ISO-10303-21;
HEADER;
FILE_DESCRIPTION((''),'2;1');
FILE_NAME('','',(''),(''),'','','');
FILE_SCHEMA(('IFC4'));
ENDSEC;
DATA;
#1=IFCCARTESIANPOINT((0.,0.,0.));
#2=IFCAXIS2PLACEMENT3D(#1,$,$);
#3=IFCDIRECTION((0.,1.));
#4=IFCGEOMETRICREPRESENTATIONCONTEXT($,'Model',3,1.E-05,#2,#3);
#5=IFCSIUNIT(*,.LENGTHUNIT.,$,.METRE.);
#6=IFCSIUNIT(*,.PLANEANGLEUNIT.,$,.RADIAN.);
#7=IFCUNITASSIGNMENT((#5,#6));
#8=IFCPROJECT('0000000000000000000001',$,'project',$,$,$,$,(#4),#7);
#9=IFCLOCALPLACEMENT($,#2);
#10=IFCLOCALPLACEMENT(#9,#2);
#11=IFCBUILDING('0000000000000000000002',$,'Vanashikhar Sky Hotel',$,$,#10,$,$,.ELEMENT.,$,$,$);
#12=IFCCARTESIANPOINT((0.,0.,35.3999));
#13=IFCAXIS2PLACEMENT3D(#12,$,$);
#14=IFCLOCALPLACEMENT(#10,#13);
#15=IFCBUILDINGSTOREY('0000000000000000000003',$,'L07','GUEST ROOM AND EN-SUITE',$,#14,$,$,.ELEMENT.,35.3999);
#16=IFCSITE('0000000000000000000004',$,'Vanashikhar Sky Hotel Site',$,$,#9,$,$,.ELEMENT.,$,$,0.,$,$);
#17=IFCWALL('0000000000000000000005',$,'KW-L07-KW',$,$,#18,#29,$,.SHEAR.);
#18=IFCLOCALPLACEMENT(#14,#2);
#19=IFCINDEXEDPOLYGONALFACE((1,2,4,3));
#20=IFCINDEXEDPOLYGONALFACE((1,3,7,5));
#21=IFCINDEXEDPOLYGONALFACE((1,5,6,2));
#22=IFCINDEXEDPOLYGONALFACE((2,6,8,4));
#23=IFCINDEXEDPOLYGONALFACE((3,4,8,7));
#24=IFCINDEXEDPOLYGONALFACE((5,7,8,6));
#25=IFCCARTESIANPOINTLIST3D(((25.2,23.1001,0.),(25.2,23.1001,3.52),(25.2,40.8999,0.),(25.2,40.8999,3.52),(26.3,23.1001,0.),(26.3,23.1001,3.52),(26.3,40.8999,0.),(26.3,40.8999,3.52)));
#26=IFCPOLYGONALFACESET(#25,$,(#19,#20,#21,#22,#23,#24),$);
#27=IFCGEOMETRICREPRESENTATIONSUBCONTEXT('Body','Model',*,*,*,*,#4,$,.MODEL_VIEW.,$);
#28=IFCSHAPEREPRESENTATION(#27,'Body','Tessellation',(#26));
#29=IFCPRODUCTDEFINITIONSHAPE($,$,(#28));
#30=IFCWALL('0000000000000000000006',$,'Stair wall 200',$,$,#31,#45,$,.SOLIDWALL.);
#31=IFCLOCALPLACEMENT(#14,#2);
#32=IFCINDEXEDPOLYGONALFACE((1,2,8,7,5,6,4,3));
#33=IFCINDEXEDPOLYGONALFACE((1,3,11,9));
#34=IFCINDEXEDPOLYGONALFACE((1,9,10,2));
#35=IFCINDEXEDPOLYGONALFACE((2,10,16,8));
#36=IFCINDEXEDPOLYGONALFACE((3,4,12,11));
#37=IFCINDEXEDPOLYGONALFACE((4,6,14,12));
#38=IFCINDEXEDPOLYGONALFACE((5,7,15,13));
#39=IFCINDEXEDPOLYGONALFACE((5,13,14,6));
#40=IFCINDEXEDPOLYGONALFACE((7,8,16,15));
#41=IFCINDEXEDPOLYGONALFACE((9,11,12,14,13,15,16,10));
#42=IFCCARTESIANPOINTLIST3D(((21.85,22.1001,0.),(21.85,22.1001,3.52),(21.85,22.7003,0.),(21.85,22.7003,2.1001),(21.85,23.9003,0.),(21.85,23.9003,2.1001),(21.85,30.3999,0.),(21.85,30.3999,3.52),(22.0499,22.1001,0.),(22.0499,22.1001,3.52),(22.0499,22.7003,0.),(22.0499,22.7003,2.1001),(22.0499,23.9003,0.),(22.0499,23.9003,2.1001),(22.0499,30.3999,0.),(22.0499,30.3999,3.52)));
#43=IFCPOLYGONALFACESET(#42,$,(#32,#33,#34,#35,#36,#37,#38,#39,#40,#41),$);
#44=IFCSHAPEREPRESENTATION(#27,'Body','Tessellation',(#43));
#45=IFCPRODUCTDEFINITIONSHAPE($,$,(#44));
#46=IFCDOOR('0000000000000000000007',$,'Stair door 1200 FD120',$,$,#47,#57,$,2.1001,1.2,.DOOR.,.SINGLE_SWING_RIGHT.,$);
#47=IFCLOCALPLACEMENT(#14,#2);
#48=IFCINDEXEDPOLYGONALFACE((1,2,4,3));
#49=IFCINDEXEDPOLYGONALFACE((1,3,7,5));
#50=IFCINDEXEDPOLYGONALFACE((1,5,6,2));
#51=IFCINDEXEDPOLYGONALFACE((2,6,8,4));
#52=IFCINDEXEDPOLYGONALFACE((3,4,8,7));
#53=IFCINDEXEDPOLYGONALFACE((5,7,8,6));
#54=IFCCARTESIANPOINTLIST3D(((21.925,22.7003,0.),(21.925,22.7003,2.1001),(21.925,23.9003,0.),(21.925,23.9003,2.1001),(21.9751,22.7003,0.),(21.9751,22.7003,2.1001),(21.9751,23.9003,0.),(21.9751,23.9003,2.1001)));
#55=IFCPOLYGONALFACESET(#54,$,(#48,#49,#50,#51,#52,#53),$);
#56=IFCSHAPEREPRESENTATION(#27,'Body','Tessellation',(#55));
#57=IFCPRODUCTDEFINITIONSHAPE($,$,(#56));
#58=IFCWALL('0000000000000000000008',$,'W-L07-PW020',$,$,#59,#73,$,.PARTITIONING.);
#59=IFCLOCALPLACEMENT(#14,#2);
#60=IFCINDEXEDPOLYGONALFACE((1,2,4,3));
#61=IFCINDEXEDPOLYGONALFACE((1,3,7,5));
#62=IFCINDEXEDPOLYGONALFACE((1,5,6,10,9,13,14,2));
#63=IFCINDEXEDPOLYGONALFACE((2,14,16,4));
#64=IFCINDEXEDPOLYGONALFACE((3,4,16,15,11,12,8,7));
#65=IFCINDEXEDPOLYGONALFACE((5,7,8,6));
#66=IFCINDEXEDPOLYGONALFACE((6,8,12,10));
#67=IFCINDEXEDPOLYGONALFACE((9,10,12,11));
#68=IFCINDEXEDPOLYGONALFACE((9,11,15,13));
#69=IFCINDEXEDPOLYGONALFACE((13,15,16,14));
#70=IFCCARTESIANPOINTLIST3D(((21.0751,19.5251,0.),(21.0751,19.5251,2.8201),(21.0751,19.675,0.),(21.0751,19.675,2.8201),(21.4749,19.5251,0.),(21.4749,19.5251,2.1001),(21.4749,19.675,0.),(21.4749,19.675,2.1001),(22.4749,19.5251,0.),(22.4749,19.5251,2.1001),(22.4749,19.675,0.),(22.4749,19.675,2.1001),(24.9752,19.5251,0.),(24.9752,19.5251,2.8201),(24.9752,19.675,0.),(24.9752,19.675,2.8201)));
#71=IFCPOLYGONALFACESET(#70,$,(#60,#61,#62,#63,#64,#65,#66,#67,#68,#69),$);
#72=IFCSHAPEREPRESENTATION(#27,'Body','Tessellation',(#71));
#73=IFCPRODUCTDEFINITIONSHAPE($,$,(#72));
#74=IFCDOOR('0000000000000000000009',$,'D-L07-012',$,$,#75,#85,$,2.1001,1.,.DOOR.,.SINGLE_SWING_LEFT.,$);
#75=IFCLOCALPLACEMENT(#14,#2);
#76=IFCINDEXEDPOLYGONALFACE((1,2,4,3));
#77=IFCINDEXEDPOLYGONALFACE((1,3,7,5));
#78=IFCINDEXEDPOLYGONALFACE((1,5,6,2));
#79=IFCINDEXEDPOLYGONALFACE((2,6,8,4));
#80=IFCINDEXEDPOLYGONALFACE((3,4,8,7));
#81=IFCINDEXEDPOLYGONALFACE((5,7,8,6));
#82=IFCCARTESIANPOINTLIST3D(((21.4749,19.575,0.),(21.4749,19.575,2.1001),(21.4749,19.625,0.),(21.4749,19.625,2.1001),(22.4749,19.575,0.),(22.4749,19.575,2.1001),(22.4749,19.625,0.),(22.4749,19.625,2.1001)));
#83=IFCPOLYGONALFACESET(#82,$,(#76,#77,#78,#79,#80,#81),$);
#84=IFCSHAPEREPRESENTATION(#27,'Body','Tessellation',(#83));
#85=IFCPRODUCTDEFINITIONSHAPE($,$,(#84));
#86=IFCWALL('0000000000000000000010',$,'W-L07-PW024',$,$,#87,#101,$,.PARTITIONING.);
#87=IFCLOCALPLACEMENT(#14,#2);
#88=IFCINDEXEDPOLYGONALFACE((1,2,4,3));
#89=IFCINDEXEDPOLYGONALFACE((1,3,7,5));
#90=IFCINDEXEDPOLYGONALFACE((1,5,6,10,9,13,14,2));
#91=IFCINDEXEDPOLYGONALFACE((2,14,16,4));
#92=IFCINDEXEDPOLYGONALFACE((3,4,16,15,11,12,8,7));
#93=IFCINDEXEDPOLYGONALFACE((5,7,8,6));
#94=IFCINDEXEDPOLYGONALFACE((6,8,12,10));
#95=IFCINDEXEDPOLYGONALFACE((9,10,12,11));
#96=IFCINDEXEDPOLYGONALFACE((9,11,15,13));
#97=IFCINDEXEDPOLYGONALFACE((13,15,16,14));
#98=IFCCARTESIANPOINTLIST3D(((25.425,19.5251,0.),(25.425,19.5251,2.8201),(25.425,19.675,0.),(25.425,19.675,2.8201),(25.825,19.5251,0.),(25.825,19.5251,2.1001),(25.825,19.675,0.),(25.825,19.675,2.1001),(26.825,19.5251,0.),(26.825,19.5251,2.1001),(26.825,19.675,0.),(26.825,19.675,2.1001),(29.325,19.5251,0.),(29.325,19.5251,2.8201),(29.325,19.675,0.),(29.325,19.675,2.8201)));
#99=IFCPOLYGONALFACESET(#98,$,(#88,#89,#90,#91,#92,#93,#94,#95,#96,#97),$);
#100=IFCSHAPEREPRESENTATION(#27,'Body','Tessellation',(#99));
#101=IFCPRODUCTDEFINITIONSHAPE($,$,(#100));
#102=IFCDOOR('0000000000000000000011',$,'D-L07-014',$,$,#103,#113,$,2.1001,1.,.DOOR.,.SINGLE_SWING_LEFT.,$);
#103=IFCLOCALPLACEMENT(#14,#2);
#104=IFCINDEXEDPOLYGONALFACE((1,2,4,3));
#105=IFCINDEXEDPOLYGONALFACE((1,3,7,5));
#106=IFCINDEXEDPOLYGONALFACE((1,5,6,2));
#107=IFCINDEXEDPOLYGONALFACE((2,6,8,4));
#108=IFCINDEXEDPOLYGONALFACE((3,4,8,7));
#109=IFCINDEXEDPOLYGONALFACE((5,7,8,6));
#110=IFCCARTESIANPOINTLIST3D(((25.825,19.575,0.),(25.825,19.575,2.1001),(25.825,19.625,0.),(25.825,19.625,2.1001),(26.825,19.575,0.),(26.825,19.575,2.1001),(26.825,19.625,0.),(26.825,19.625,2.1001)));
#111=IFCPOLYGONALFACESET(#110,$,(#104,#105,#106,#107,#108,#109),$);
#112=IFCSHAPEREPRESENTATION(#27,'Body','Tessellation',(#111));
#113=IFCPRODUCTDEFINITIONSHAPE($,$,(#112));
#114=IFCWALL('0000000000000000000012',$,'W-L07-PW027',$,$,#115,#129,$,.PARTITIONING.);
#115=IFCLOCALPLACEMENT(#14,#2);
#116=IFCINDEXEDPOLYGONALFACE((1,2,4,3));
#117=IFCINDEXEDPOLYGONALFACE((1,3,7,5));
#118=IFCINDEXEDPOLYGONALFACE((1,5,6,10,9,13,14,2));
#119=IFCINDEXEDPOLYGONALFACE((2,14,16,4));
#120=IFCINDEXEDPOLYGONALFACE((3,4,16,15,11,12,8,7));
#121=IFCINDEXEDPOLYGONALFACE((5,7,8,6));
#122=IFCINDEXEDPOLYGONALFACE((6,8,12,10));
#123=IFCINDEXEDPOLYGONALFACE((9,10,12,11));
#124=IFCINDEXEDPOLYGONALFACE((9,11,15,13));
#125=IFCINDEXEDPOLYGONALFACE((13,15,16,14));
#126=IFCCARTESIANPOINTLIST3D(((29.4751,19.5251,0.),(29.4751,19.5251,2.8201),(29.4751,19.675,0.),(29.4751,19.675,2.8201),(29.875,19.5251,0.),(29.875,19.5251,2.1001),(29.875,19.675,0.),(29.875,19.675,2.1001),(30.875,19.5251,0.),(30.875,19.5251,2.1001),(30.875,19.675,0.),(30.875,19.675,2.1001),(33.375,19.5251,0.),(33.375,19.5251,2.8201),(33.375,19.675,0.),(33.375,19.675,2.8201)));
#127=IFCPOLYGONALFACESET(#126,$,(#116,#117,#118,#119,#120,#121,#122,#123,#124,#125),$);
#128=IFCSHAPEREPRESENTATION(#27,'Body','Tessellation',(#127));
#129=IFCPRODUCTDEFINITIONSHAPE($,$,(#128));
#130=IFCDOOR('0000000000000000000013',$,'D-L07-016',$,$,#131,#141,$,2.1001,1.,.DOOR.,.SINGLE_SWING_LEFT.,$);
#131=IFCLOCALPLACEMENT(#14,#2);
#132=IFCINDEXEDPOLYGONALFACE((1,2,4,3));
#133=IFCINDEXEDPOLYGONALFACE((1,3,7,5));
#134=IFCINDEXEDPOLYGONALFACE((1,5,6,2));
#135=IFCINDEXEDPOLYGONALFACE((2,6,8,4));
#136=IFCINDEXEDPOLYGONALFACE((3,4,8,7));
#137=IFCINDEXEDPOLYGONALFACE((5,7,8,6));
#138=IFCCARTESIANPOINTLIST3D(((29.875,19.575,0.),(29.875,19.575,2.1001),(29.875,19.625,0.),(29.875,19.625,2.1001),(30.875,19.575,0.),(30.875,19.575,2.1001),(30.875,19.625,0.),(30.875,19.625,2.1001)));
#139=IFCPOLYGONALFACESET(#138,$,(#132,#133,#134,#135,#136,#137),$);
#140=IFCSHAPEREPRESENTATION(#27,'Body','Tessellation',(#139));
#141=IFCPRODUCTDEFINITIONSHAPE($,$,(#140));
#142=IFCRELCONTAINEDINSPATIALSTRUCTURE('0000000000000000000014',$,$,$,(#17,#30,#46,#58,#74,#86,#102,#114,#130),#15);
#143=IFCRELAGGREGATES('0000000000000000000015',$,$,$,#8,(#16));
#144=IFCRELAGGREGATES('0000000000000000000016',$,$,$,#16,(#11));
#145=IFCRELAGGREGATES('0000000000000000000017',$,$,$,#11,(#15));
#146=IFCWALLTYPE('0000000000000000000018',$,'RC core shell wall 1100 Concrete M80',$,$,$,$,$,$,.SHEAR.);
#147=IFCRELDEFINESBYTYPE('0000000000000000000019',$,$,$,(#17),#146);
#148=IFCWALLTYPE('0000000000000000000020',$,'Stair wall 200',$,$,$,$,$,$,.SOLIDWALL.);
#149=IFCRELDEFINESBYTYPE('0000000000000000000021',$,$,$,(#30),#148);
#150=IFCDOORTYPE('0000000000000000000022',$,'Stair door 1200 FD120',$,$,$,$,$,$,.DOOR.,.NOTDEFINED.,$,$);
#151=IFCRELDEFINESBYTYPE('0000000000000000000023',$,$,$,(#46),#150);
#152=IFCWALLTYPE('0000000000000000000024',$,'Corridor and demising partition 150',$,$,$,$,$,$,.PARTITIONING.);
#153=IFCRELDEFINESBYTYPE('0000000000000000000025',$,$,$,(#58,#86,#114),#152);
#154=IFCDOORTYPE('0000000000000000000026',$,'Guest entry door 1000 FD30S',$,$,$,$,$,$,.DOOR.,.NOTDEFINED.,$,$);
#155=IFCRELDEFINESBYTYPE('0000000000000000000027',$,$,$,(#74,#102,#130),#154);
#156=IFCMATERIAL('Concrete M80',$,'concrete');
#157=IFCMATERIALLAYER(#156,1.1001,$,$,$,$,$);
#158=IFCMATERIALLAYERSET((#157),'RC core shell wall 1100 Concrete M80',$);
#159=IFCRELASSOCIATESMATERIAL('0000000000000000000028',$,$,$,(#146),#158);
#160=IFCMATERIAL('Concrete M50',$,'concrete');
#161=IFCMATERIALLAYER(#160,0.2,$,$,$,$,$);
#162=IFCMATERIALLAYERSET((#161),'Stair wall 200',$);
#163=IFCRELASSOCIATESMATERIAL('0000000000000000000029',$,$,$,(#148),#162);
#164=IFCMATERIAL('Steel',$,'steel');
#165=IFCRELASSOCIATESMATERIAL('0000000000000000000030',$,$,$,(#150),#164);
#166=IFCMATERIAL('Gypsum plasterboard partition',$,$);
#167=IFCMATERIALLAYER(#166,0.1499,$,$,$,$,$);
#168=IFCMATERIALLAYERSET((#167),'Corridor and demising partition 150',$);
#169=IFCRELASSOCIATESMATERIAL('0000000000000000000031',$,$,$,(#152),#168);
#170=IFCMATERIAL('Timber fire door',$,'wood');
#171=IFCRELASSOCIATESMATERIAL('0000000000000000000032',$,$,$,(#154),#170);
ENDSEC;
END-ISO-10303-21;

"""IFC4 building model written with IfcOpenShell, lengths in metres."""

from ifc_helpers import new_model, si_unit, direction, frame, frame_2d, origin, place, context, subcontext, project, spatial, rectangle, extrude, source, transform, mapped, material, layer, layer_set, type_object, element, fill, save


model = new_model("IFC4")

# Units and contexts
model_context = context("Model", 3, precision=1e-05, world=origin(), true_north=direction((0.0, 1.0)))
body_context = subcontext(model_context, "Body", "Model", "MODEL_VIEW")
ifc_project = project(units=[si_unit("LENGTHUNIT", "METRE"), si_unit("PLANEANGLEUNIT", "RADIAN")], contexts=[model_context])

# Site, building, storey
site_placement = place(None, origin())
site = spatial("IfcSite", under=ifc_project, at=site_placement, Name="Vanashikhar Sky Hotel Site", CompositionType="ELEMENT", RefElevation=0.0)
building_placement = place(site_placement, origin())
building = spatial("IfcBuilding", under=site, at=building_placement, Name="Vanashikhar Sky Hotel", CompositionType="ELEMENT")
storey_placement = place(building_placement, frame((0.0, 0.0, 35.3999)))
storey = spatial("IfcBuildingStorey", under=building, at=storey_placement, Name="L07", Description="GUEST ROOM AND EN-SUITE", CompositionType="ELEMENT", Elevation=35.3999)

# Shared definitions
ifc_material_1 = material(Name="Concrete M80", Category="concrete")
ifc_layer_1 = layer(ifc_material_1, 1.1001)
ifc_layer_set_1 = layer_set([ifc_layer_1], Name="RC core shell wall 1100 Concrete M80")
wall_type_1 = type_object("IfcWallType", Name="RC core shell wall 1100 Concrete M80", PredefinedType="SHEAR", material=ifc_layer_set_1)
ifc_material_2 = material(Name="Steel", Category="steel")

# Wall
shared_shape_1 = source(origin(), body_context, "Body", "SweptSolid", [
    extrude(rectangle(XDim=17.7998, YDim=1.1001, at=frame_2d((8.8999, 0.0))), origin(), (0.0, 0.0, 1.0), 3.52),
])
wall_1_placement = place(storey_placement, frame((25.75, 23.1001, 0.0), z_axis=(0.0, 0.0, 1.0), x_axis=(0.0, 1.0, 0.0)))
element("IfcWall", 1, at=wall_1_placement, inside=storey, type_object=wall_type_1, Name="KW-L07-KW", PredefinedType="SHEAR", context=body_context, shape_type="MappedRepresentation", body=[
    mapped(shared_shape_1, transform((0.0, 0.0, 0.0), scale=1.0)),
])

# Walls, openings, doors
ifc_material_3 = material(Name="Concrete M50", Category="concrete")
ifc_layer_2 = layer(ifc_material_3, 0.2)
ifc_layer_set_2 = layer_set([ifc_layer_2], Name="Stair wall 200")
wall_type_2 = type_object("IfcWallType", Name="Stair wall 200", PredefinedType="SOLIDWALL", material=ifc_layer_set_2)
shared_shape_2 = source(origin(), body_context, "Body", "SweptSolid", [
    extrude(rectangle(XDim=8.2998, YDim=0.2, at=frame_2d((4.1499, 0.0))), origin(), (0.0, 0.0, 1.0), 3.52),
])
wall_2_placement = place(storey_placement, frame((21.95, 22.1001, 0.0), z_axis=(0.0, 0.0, 1.0), x_axis=(0.0, 1.0, 0.0)))
wall_2 = element("IfcWall", 2, at=wall_2_placement, inside=storey, type_object=wall_type_2, Name="Stair wall 200", PredefinedType="SOLIDWALL", context=body_context, shape_type="MappedRepresentation", body=[
    mapped(shared_shape_2, transform((0.0, 0.0, 0.0), scale=1.0)),
])
shared_shape_3 = source(origin(), body_context, "Body", "SweptSolid", [
    extrude(rectangle(XDim=1.2, YDim=2.1001, at=frame_2d((0.6001, 1.05))), frame((0.0, 0.1099, 0.0), z_axis=(0.0, -1.0, 0.0), x_axis=(1.0, 0.0, 0.0)), (0.0, 0.0, 1.0), 0.22),
])
opening_1_placement = place(wall_2_placement, frame((0.6001, 0.0, 0.0)))
opening_1 = element("IfcOpeningElement", 3, at=opening_1_placement, cuts=wall_2, PredefinedType="OPENING", context=body_context, shape_type="MappedRepresentation", body=[
    mapped(shared_shape_3, transform((0.0, 0.0, 0.0), scale=1.0)),
])
door_type_1 = type_object("IfcDoorType", Name="Stair door 1200 FD120", OperationType="NOTDEFINED", PredefinedType="DOOR", material=ifc_material_2)
shared_shape_4 = source(origin(), body_context, "Body", "SweptSolid", [
    extrude(rectangle(XDim=1.2, YDim=2.1001, at=frame_2d((0.6001, 1.05))), frame((0.0, 0.0249, 0.0), z_axis=(0.0, -1.0, 0.0), x_axis=(1.0, 0.0, 0.0)), (0.0, 0.0, 1.0), 0.05),
])
door_1_placement = place(opening_1_placement, origin())
door_1 = element("IfcDoor", 4, at=door_1_placement, inside=storey, type_object=door_type_1, Name="Stair door 1200 FD120", OperationType="SINGLE_SWING_RIGHT", OverallHeight=2.1001, OverallWidth=1.2, PredefinedType="DOOR", context=body_context, shape_type="MappedRepresentation", body=[
    mapped(shared_shape_4, transform((0.0, 0.0, 0.0), scale=1.0)),
])
fill(opening_1, door_1)
ifc_material_4 = material(Name="Gypsum plasterboard partition")
ifc_layer_3 = layer(ifc_material_4, 0.1499)
ifc_layer_set_3 = layer_set([ifc_layer_3], Name="Corridor and demising partition 150")
wall_type_3 = type_object("IfcWallType", Name="Corridor and demising partition 150", PredefinedType="PARTITIONING", material=ifc_layer_set_3)
shared_shape_5 = source(origin(), body_context, "Body", "SweptSolid", [
    extrude(rectangle(XDim=3.9001, YDim=0.1499, at=frame_2d((1.9502, 0.0))), origin(), (0.0, 0.0, 1.0), 2.8201),
])
wall_3_placement = place(storey_placement, frame((21.075, 19.6001, 0.0), z_axis=(0.0, 0.0, 1.0), x_axis=(1.0, 0.0, 0.0)))
wall_3 = element("IfcWall", 5, at=wall_3_placement, inside=storey, type_object=wall_type_3, Name="W-L07-PW020", PredefinedType="PARTITIONING", context=body_context, shape_type="MappedRepresentation", body=[
    mapped(shared_shape_5, transform((0.0, 0.0, 0.0), scale=1.0)),
])
shared_shape_6 = source(origin(), body_context, "Body", "SweptSolid", [
    extrude(rectangle(XDim=1.0, YDim=2.1001, at=frame_2d((0.5, 1.05))), frame((0.0, 0.085, 0.0), z_axis=(0.0, -1.0, 0.0), x_axis=(1.0, 0.0, 0.0)), (0.0, 0.0, 1.0), 0.1699),
])
opening_2_placement = place(wall_3_placement, frame((0.3999, 0.0, 0.0)))
opening_2 = element("IfcOpeningElement", 6, at=opening_2_placement, cuts=wall_3, PredefinedType="OPENING", context=body_context, shape_type="MappedRepresentation", body=[
    mapped(shared_shape_6, transform((0.0, 0.0, 0.0), scale=1.0)),
])
ifc_material_5 = material(Name="Timber fire door", Category="wood")
door_type_2 = type_object("IfcDoorType", Name="Guest entry door 1000 FD30S", OperationType="NOTDEFINED", PredefinedType="DOOR", material=ifc_material_5)
shared_shape_7 = source(origin(), body_context, "Body", "SweptSolid", [
    extrude(rectangle(XDim=1.0, YDim=2.1001, at=frame_2d((0.5, 1.05))), frame((0.0, 0.0249, 0.0), z_axis=(0.0, -1.0, 0.0), x_axis=(1.0, 0.0, 0.0)), (0.0, 0.0, 1.0), 0.05),
])
door_2_placement = place(opening_2_placement, origin())
door_2 = element("IfcDoor", 7, at=door_2_placement, inside=storey, type_object=door_type_2, Name="D-L07-012", OperationType="SINGLE_SWING_LEFT", OverallHeight=2.1001, OverallWidth=1.0, PredefinedType="DOOR", context=body_context, shape_type="MappedRepresentation", body=[
    mapped(shared_shape_7, transform((0.0, 0.0, 0.0), scale=1.0)),
])
fill(opening_2, door_2)
shared_shape_8 = source(origin(), body_context, "Body", "SweptSolid", [
    extrude(rectangle(XDim=3.8999, YDim=0.1499, at=frame_2d((1.95, 0.0))), origin(), (0.0, 0.0, 1.0), 2.8201),
])
wall_4_placement = place(storey_placement, frame((25.425, 19.6001, 0.0), z_axis=(0.0, 0.0, 1.0), x_axis=(1.0, 0.0, 0.0)))
wall_4 = element("IfcWall", 8, at=wall_4_placement, inside=storey, type_object=wall_type_3, Name="W-L07-PW024", PredefinedType="PARTITIONING", context=body_context, shape_type="MappedRepresentation", body=[
    mapped(shared_shape_8, transform((0.0, 0.0, 0.0), scale=1.0)),
])
opening_3_placement = place(wall_4_placement, frame((0.3999, 0.0, 0.0)))
opening_3 = element("IfcOpeningElement", 9, at=opening_3_placement, cuts=wall_4, PredefinedType="OPENING", context=body_context, shape_type="MappedRepresentation", body=[
    mapped(shared_shape_6, transform((0.0, 0.0, 0.0), scale=1.0)),
])
door_3_placement = place(opening_3_placement, origin())
door_3 = element("IfcDoor", 10, at=door_3_placement, inside=storey, type_object=door_type_2, Name="D-L07-014", OperationType="SINGLE_SWING_LEFT", OverallHeight=2.1001, OverallWidth=1.0, PredefinedType="DOOR", context=body_context, shape_type="MappedRepresentation", body=[
    mapped(shared_shape_7, transform((0.0, 0.0, 0.0), scale=1.0)),
])
fill(opening_3, door_3)
wall_5_placement = place(storey_placement, frame((29.4751, 19.6001, 0.0), z_axis=(0.0, 0.0, 1.0), x_axis=(1.0, 0.0, 0.0)))
wall_5 = element("IfcWall", 11, at=wall_5_placement, inside=storey, type_object=wall_type_3, Name="W-L07-PW027", PredefinedType="PARTITIONING", context=body_context, shape_type="MappedRepresentation", body=[
    mapped(shared_shape_8, transform((0.0, 0.0, 0.0), scale=1.0)),
])
opening_4_placement = place(wall_5_placement, frame((0.3999, 0.0, 0.0)))
opening_4 = element("IfcOpeningElement", 12, at=opening_4_placement, cuts=wall_5, PredefinedType="OPENING", context=body_context, shape_type="MappedRepresentation", body=[
    mapped(shared_shape_6, transform((0.0, 0.0, 0.0), scale=1.0)),
])
door_4_placement = place(opening_4_placement, origin())
door_4 = element("IfcDoor", 13, at=door_4_placement, inside=storey, type_object=door_type_2, Name="D-L07-016", OperationType="SINGLE_SWING_LEFT", OverallHeight=2.1001, OverallWidth=1.0, PredefinedType="DOOR", context=body_context, shape_type="MappedRepresentation", body=[
    mapped(shared_shape_7, transform((0.0, 0.0, 0.0), scale=1.0)),
])
fill(opening_4, door_4)

save(model, "model.ifc")
